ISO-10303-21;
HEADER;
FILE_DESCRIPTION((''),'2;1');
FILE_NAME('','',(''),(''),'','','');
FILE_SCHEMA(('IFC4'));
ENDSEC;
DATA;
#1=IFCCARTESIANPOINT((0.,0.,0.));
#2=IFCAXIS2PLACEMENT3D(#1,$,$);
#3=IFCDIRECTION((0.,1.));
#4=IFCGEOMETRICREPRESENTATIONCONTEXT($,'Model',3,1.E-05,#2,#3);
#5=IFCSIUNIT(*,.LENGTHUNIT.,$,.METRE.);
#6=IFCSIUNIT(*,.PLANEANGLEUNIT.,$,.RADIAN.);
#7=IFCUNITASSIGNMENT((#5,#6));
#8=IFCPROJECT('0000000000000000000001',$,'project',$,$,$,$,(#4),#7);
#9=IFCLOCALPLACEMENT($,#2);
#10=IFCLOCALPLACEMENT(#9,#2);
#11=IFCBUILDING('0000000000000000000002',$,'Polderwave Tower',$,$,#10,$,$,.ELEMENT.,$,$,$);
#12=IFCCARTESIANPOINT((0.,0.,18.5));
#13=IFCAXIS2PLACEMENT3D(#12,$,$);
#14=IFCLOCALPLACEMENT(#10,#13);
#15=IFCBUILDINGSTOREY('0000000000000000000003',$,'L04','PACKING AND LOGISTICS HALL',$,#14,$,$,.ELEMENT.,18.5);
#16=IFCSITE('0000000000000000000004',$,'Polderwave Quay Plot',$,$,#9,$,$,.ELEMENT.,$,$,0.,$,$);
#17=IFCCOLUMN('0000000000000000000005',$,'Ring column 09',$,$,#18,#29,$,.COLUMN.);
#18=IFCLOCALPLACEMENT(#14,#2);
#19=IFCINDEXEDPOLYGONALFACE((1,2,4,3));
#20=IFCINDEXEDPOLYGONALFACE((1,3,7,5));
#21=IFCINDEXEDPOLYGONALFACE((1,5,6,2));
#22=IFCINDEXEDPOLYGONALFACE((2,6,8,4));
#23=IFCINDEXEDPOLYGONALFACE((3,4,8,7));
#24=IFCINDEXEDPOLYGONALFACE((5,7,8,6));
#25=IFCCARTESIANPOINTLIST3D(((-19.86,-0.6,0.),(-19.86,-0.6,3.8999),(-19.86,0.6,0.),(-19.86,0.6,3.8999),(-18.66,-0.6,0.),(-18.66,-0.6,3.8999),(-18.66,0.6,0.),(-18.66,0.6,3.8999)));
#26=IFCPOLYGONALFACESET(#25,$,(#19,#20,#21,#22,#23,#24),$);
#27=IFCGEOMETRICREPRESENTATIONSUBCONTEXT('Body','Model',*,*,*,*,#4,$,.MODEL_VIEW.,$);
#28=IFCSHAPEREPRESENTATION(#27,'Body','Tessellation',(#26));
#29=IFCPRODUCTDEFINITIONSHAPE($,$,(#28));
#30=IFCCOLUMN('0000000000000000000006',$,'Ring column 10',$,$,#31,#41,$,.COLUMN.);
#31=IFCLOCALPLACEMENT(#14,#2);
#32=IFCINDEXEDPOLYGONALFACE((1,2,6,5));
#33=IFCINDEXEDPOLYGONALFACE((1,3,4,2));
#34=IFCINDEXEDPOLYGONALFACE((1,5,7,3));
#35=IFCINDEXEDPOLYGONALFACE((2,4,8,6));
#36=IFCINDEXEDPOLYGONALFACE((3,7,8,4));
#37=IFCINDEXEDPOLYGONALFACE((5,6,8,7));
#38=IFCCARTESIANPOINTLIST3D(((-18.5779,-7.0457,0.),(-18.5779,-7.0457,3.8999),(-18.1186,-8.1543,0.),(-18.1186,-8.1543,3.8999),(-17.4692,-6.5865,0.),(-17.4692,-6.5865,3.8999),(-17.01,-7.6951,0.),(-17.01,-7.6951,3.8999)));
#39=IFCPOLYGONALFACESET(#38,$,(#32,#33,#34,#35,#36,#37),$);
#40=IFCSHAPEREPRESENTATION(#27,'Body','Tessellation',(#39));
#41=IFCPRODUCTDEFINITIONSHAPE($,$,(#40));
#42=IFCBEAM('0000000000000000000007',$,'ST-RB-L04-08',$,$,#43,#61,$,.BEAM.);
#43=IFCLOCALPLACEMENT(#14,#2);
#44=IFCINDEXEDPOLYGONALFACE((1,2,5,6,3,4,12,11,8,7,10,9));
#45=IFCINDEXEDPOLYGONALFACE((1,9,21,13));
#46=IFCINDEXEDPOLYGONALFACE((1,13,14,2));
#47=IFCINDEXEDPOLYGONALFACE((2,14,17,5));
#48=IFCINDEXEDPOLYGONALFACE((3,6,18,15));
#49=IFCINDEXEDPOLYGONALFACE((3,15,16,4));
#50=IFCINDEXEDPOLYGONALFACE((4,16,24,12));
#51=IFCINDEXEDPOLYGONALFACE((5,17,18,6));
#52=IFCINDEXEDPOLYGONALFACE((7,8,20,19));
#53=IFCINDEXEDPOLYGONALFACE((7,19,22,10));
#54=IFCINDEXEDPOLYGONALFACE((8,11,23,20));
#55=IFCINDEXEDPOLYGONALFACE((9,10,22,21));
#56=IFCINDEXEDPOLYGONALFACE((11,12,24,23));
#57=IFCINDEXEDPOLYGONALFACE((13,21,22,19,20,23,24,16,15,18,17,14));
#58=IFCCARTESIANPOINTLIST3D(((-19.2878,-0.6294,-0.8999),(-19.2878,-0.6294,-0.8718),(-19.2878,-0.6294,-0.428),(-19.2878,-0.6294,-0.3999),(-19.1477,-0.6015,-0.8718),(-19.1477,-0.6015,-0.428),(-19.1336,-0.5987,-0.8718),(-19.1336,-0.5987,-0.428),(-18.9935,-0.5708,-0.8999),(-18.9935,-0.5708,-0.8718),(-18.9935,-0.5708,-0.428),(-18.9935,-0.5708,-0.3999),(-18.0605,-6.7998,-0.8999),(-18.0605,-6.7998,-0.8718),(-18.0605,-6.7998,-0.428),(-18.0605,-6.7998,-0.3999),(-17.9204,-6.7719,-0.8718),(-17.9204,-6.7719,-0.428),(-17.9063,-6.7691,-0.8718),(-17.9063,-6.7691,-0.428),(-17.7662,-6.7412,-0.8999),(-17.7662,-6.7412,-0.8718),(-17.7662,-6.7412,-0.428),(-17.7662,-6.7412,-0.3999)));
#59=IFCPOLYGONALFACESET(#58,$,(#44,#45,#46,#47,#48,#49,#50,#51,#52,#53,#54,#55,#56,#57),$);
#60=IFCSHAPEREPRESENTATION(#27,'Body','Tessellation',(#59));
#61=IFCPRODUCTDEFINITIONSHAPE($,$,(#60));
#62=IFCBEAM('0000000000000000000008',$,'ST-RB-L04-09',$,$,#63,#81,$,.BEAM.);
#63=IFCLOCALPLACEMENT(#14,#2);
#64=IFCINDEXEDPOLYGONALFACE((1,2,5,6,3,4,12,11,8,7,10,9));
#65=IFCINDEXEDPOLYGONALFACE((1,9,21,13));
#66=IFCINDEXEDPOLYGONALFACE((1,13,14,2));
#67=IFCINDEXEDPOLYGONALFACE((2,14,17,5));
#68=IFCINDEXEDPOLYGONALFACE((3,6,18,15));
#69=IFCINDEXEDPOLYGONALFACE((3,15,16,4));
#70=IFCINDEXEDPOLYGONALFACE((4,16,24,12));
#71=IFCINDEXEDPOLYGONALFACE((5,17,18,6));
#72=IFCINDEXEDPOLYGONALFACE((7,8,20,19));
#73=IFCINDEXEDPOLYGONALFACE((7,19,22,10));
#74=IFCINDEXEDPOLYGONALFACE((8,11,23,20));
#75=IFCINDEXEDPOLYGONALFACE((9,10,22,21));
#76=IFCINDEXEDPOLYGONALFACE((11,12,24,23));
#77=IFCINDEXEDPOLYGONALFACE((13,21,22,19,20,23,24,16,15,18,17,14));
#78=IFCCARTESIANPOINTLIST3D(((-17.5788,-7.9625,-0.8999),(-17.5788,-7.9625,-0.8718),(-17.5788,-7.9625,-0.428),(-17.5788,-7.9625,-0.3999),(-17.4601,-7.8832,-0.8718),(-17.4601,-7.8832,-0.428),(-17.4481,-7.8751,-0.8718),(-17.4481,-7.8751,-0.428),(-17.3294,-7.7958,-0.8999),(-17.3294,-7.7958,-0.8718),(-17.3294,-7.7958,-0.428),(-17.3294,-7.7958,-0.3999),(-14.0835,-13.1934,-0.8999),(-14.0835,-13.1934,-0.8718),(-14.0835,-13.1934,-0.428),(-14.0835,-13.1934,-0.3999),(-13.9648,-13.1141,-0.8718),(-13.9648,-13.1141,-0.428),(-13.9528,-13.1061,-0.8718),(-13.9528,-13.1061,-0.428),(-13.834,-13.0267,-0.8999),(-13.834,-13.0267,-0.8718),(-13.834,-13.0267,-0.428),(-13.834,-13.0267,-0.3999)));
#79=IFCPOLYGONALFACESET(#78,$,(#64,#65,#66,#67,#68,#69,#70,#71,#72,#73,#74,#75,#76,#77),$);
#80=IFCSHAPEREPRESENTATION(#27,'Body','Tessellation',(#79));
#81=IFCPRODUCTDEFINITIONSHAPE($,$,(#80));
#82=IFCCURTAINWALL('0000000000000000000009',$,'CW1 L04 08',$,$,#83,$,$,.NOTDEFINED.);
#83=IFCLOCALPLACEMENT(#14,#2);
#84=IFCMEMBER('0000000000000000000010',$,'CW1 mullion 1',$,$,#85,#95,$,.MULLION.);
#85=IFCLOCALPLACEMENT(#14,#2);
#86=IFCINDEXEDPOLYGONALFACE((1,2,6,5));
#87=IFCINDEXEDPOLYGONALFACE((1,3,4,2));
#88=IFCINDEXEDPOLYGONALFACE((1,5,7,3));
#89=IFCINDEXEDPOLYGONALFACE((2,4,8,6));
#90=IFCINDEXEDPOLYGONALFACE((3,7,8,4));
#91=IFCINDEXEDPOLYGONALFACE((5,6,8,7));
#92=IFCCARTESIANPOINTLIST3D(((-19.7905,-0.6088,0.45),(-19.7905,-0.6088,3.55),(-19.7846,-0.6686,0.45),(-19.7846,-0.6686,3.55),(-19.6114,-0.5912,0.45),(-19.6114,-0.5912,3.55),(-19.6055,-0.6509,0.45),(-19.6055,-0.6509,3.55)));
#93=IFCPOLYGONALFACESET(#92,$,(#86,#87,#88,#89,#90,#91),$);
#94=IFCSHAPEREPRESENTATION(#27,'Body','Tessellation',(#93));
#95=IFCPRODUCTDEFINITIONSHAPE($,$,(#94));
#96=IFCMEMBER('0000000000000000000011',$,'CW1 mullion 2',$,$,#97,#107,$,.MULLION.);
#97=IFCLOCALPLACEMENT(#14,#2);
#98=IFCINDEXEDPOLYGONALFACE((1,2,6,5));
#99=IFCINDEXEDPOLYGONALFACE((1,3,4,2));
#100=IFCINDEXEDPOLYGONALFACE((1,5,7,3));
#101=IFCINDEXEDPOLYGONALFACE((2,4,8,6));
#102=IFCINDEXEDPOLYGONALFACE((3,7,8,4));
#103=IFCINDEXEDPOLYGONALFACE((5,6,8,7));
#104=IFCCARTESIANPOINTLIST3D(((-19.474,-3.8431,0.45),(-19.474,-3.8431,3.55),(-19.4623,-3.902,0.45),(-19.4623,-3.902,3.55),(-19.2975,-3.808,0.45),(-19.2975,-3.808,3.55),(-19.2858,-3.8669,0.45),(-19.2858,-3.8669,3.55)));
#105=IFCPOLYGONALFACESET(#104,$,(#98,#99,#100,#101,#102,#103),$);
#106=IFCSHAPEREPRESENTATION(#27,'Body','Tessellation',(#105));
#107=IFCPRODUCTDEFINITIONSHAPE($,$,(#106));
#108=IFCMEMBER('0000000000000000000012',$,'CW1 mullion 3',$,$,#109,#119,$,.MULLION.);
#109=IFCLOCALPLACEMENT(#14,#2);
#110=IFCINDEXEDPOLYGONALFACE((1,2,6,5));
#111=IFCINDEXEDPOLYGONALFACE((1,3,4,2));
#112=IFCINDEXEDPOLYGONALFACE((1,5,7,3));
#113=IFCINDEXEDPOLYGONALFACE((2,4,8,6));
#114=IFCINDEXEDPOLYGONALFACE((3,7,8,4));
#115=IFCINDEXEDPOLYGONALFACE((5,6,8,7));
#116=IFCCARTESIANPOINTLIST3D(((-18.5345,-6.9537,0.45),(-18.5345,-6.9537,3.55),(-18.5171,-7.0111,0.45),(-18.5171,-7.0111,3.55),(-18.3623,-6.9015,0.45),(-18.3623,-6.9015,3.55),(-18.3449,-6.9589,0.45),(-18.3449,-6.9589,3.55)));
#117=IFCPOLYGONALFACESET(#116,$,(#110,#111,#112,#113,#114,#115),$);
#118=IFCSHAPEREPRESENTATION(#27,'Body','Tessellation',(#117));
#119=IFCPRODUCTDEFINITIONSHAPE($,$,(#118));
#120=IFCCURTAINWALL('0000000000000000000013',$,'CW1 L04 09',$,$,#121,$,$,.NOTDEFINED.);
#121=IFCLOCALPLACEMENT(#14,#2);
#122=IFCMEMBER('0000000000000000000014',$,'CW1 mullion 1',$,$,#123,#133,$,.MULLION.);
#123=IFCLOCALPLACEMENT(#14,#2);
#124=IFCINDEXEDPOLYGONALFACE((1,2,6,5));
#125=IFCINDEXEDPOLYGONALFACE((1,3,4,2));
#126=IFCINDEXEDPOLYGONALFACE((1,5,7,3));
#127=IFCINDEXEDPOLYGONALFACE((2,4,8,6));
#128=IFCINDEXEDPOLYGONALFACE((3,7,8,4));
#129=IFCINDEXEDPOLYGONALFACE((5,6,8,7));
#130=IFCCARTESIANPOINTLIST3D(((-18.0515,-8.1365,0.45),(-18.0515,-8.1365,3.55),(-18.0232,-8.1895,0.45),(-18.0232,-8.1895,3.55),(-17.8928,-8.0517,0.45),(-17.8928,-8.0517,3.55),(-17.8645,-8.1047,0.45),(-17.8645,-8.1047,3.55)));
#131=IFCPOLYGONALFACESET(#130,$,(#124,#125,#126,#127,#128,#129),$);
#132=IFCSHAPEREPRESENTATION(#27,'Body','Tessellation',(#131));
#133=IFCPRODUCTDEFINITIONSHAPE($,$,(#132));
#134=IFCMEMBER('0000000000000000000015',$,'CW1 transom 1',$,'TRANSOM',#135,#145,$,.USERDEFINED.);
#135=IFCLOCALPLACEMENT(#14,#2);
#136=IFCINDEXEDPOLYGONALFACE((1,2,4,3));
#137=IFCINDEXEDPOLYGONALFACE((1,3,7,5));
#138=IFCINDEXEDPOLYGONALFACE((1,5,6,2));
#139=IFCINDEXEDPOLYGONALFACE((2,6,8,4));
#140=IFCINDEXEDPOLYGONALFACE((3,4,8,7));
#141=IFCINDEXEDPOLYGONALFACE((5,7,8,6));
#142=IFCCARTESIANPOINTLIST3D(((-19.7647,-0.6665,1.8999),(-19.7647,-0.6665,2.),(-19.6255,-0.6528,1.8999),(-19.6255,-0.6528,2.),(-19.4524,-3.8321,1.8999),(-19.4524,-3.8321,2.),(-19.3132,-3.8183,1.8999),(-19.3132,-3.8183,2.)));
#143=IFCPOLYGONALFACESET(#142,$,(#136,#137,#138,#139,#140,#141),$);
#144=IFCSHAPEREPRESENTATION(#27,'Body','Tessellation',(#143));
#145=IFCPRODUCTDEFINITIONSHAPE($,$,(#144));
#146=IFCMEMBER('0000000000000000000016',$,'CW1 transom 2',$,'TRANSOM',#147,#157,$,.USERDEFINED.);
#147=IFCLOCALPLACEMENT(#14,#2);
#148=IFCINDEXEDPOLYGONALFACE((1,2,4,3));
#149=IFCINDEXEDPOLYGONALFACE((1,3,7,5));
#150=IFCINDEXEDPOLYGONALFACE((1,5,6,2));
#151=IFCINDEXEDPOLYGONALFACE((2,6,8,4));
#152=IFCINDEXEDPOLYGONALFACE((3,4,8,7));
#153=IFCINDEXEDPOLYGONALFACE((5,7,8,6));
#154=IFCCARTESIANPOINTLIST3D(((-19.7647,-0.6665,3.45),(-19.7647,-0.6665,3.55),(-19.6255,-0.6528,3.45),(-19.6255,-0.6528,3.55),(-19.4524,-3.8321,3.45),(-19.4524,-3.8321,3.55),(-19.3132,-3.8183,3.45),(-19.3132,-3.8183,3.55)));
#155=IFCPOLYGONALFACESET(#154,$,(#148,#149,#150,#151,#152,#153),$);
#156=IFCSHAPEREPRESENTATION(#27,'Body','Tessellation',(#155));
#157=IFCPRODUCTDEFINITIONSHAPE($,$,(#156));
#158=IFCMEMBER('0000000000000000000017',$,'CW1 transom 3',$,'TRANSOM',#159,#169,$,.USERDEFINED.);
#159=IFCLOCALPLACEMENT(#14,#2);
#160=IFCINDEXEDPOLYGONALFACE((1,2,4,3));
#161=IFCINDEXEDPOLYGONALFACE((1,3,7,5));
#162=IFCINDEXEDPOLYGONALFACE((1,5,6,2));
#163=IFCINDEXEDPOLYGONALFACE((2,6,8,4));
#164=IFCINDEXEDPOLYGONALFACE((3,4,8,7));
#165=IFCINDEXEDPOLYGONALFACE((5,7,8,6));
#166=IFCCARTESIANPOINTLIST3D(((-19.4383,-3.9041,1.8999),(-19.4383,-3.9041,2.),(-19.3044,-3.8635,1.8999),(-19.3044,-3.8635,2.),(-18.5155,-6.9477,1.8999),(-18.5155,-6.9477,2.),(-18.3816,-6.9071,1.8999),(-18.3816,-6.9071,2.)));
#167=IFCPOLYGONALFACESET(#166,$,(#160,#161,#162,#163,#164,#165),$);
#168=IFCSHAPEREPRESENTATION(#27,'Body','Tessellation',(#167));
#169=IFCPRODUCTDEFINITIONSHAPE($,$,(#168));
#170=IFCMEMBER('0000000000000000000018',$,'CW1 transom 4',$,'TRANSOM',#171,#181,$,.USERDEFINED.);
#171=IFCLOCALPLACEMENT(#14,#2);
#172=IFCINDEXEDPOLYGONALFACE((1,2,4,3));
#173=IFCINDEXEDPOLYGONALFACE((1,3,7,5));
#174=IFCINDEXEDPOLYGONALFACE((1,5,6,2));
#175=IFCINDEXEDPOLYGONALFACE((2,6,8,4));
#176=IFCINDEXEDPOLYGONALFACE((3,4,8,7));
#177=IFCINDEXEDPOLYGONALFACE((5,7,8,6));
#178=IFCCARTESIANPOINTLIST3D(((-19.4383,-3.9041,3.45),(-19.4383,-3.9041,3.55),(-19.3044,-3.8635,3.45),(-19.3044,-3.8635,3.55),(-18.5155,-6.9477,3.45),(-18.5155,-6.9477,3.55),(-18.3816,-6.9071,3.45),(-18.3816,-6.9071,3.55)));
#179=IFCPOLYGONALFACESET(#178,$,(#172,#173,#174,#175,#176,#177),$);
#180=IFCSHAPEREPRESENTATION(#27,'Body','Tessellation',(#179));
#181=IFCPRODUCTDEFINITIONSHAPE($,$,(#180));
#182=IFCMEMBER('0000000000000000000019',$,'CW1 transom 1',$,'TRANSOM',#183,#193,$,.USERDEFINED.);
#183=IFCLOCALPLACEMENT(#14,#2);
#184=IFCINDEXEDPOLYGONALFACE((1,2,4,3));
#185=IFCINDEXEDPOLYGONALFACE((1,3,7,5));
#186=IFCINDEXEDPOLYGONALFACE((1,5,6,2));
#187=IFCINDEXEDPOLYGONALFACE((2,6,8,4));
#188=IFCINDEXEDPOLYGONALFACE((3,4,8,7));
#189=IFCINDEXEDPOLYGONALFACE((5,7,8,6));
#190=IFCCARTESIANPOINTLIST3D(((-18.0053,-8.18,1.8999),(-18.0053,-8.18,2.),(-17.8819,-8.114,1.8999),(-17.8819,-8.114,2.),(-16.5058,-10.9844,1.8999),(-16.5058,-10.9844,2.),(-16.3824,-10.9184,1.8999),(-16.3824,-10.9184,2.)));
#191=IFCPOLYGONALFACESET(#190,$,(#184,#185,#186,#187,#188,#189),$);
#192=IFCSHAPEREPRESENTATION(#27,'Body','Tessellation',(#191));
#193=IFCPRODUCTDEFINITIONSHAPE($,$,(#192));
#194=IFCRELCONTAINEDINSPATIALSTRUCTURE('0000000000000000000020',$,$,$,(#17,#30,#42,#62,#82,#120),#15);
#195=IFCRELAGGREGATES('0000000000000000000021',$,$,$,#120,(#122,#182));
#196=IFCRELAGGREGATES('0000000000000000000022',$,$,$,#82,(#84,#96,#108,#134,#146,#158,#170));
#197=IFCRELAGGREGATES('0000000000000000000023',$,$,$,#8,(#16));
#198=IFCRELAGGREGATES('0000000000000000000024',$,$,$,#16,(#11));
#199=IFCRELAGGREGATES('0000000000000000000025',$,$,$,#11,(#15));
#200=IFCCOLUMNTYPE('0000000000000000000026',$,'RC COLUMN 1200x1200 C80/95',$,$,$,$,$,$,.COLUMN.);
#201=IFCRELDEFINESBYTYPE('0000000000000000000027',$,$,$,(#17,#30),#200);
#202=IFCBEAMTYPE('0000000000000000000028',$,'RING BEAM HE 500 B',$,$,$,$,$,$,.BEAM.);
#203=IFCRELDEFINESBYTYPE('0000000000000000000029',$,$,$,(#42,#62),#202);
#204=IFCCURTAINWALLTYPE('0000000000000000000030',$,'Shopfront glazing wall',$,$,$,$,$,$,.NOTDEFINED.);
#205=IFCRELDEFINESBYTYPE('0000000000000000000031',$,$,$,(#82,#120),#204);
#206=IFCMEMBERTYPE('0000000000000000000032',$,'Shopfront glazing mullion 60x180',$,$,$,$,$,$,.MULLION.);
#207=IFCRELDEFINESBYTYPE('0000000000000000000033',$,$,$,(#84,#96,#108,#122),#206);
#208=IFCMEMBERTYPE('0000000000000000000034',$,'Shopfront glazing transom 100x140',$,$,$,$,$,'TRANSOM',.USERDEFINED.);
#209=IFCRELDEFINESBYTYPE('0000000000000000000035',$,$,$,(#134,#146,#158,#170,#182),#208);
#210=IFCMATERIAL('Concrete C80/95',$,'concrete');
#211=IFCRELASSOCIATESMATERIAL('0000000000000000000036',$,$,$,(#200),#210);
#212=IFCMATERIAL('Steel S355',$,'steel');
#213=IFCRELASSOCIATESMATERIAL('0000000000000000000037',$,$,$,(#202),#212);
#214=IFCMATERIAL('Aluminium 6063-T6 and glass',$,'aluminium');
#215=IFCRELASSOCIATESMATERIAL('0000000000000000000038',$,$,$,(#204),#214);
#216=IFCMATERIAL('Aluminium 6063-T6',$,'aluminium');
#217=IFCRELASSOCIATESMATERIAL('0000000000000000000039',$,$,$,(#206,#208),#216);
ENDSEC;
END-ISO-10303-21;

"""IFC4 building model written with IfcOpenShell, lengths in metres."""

from ifc_helpers import new_model, si_unit, direction, frame, origin, origin_2d, place, context, subcontext, project, spatial, rectangle, i_section, extrude, material, material_profile, profile_set, type_object, element, aggregate, save


model = new_model("IFC4")

# Units and contexts
model_context = context("Model", 3, precision=1e-05, world=origin(), true_north=direction((0.0, 1.0)))
body_context = subcontext(model_context, "Body", "Model", "MODEL_VIEW")
ifc_project = project(units=[si_unit("LENGTHUNIT", "METRE"), si_unit("PLANEANGLEUNIT", "RADIAN")], contexts=[model_context])

# Site, building, storey
site_placement = place(None, origin())
site = spatial("IfcSite", under=ifc_project, at=site_placement, Name="Polderwave Quay Plot", CompositionType="ELEMENT", RefElevation=0.0)
building_placement = place(site_placement, origin())
building = spatial("IfcBuilding", under=site, at=building_placement, Name="Polderwave Tower", CompositionType="ELEMENT")
storey_placement = place(building_placement, frame((0.0, 0.0, 18.5)))
storey = spatial("IfcBuildingStorey", under=building, at=storey_placement, Name="L04", Description="PACKING AND LOGISTICS HALL", CompositionType="ELEMENT", Elevation=18.5)

# Columns
ifc_material_1 = material(Name="Concrete C80/95", Category="concrete")
ifc_material_profile_1 = material_profile(ifc_material_1, rectangle(XDim=1.2, YDim=1.2, at=origin_2d()), Name="RC 1200x1200")
ifc_profile_set_1 = profile_set([ifc_material_profile_1], Name="Concrete C80/95")
column_type = type_object("IfcColumnType", Name="RC COLUMN 1200x1200 C80/95", PredefinedType="COLUMN", material=ifc_profile_set_1)
for number, where, z_axis, x_axis, name in (
    (1, (-19.26, 0.0, 0.0), (0.0, 0.0, 1.0), (-1.0, 0.0, 0.0), "Ring column 09"),
    (2, (-17.7939, -7.3704, 0.0), (0.0, 0.0, 1.0), (-0.92388, -0.382683, 0.0), "Ring column 10"),
):
    element("IfcColumn", number, at=place(storey_placement, frame(where, z_axis=z_axis, x_axis=x_axis)), inside=storey, type_object=column_type, Name=name, PredefinedType="COLUMN", context=body_context, shape_type="SweptSolid", body=[
        extrude(rectangle(XDim=1.2, YDim=1.2, at=origin_2d()), origin(), (0.0, 0.0, 1.0), 3.8999),
    ])

# Beams
ifc_material_2 = material(Name="Steel S355", Category="steel")
ifc_material_profile_2 = material_profile(ifc_material_2, i_section(OverallWidth=0.3, OverallDepth=0.5, WebThickness=0.0144, FlangeThickness=0.0281, at=origin_2d()), Name="HE 500 B")
ifc_profile_set_2 = profile_set([ifc_material_profile_2], Name="Steel S355")
beam_type = type_object("IfcBeamType", Name="RING BEAM HE 500 B", PredefinedType="BEAM", material=ifc_profile_set_2)
for number, where, z_axis, x_axis, name in (
    (3, (-19.1406, -0.6001, -0.6499), (0.195079, -0.980788, 0.0), (0.980788, 0.195079, 0.0), "ST-RB-L04-08"),
    (4, (-17.4541, -7.8792, -0.6499), (0.555586, -0.831459, 0.0), (0.831459, 0.555586, 0.0), "ST-RB-L04-09"),
):
    element("IfcBeam", number, at=place(storey_placement, frame(where, z_axis=z_axis, x_axis=x_axis)), inside=storey, type_object=beam_type, Name=name, PredefinedType="BEAM", context=body_context, shape_type="SweptSolid", body=[
        extrude(i_section(OverallWidth=0.3, OverallDepth=0.5, WebThickness=0.0144, FlangeThickness=0.0281, at=origin_2d()), origin(), (0.0, 0.0, 1.0), 6.2913),
    ])

# Curtain wall, members
ifc_material_3 = material(Name="Aluminium 6063-T6 and glass", Category="aluminium")
curtain_wall_type = type_object("IfcCurtainWallType", Name="Shopfront glazing wall", PredefinedType="NOTDEFINED", material=ifc_material_3)
curtain_wall_1_placement = place(storey_placement, origin())
curtain_wall_1 = element("IfcCurtainWall", 5, at=curtain_wall_1_placement, inside=storey, type_object=curtain_wall_type, Name="CW1 L04 08", PredefinedType="NOTDEFINED")
ifc_material_4 = material(Name="Aluminium 6063-T6", Category="aluminium")
ifc_material_profile_3 = material_profile(ifc_material_4, rectangle(XDim=0.1799, YDim=0.0601, at=origin_2d()), Name="AL 60x180")
ifc_profile_set_3 = profile_set([ifc_material_profile_3], Name="Aluminium 6063-T6")
member_type_1 = type_object("IfcMemberType", Name="Shopfront glazing mullion 60x180", PredefinedType="MULLION", material=ifc_profile_set_3)
member_1_placement = place(storey_placement, frame((-19.698, -0.6299, 0.45), z_axis=(0.0, 0.0, 1.0), x_axis=(0.995172, 0.098142, 0.0)))
member_1 = element("IfcMember", 6, at=member_1_placement, type_object=member_type_1, Name="CW1 mullion 1", PredefinedType="MULLION", context=body_context, shape_type="SweptSolid", body=[
    extrude(rectangle(XDim=0.1799, YDim=0.0601, at=origin_2d()), origin(), (0.0, 0.0, 1.0), 3.1001),
])
member_2_placement = place(storey_placement, frame((-19.3799, -3.855, 0.45), z_axis=(0.0, 0.0, 1.0), x_axis=(0.980787, 0.195083, 0.0)))
member_2 = element("IfcMember", 7, at=member_2_placement, type_object=member_type_1, Name="CW1 mullion 2", PredefinedType="MULLION", context=body_context, shape_type="SweptSolid", body=[
    extrude(rectangle(XDim=0.1799, YDim=0.0601, at=origin_2d()), origin(), (0.0, 0.0, 1.0), 3.1001),
])
member_3_placement = place(storey_placement, frame((-18.4397, -6.9563, 0.45), z_axis=(0.0, 0.0, 1.0), x_axis=(0.956981, 0.290151, 0.0)))
member_3 = element("IfcMember", 8, at=member_3_placement, type_object=member_type_1, Name="CW1 mullion 3", PredefinedType="MULLION", context=body_context, shape_type="SweptSolid", body=[
    extrude(rectangle(XDim=0.1799, YDim=0.0601, at=origin_2d()), origin(), (0.0, 0.0, 1.0), 3.1001),
])

# Curtain wall, member
curtain_wall_2_placement = place(storey_placement, origin())
curtain_wall_2 = element("IfcCurtainWall", 9, at=curtain_wall_2_placement, inside=storey, type_object=curtain_wall_type, Name="CW1 L04 09", PredefinedType="NOTDEFINED")
member_4_placement = place(storey_placement, frame((-17.958, -8.1206, 0.45), z_axis=(0.0, 0.0, 1.0), x_axis=(0.881861, 0.471509, 0.0)))
member_4 = element("IfcMember", 10, at=member_4_placement, type_object=member_type_1, Name="CW1 mullion 1", PredefinedType="MULLION", context=body_context, shape_type="SweptSolid", body=[
    extrude(rectangle(XDim=0.1799, YDim=0.0601, at=origin_2d()), origin(), (0.0, 0.0, 1.0), 3.1001),
])

# Members
ifc_material_profile_4 = material_profile(ifc_material_4, rectangle(XDim=0.1399, YDim=0.1001, at=origin_2d()), Name="AL 100x140")
ifc_profile_set_4 = profile_set([ifc_material_profile_4], Name="Aluminium 6063-T6")
member_type_2 = type_object("IfcMemberType", Name="Shopfront glazing transom 100x140", ElementType="TRANSOM", PredefinedType="USERDEFINED", material=ifc_profile_set_4)
member_5_placement = place(storey_placement, frame((-19.6951, -0.6597, 1.95), z_axis=(0.098166, -0.99517, 0.0), x_axis=(0.99517, 0.098166, 0.0)))
member_5 = element("IfcMember", 11, at=member_5_placement, type_object=member_type_2, Name="CW1 transom 1", ObjectType="TRANSOM", PredefinedType="USERDEFINED", context=body_context, shape_type="SweptSolid", body=[
    extrude(rectangle(XDim=0.1399, YDim=0.1001, at=origin_2d()), origin(), (0.0, 0.0, 1.0), 3.1809),
])
member_6_placement = place(storey_placement, frame((-19.6951, -0.6597, 3.5), z_axis=(0.098166, -0.99517, 0.0), x_axis=(0.99517, 0.098166, 0.0)))
member_6 = element("IfcMember", 12, at=member_6_placement, type_object=member_type_2, Name="CW1 transom 2", ObjectType="TRANSOM", PredefinedType="USERDEFINED", context=body_context, shape_type="SweptSolid", body=[
    extrude(rectangle(XDim=0.1399, YDim=0.1001, at=origin_2d()), origin(), (0.0, 0.0, 1.0), 3.1809),
])
member_7_placement = place(storey_placement, frame((-19.3713, -3.8838, 1.95), z_axis=(0.290157, -0.956979, 0.0), x_axis=(0.956979, 0.290157, 0.0)))
member_7 = element("IfcMember", 13, at=member_7_placement, type_object=member_type_2, Name="CW1 transom 3", ObjectType="TRANSOM", PredefinedType="USERDEFINED", context=body_context, shape_type="SweptSolid", body=[
    extrude(rectangle(XDim=0.1399, YDim=0.1001, at=origin_2d()), origin(), (0.0, 0.0, 1.0), 3.1804),
])
member_8_placement = place(storey_placement, frame((-19.3713, -3.8838, 3.5), z_axis=(0.290157, -0.956979, 0.0), x_axis=(0.956979, 0.290157, 0.0)))
member_8 = element("IfcMember", 14, at=member_8_placement, type_object=member_type_2, Name="CW1 transom 4", ObjectType="TRANSOM", PredefinedType="USERDEFINED", context=body_context, shape_type="SweptSolid", body=[
    extrude(rectangle(XDim=0.1399, YDim=0.1001, at=origin_2d()), origin(), (0.0, 0.0, 1.0), 3.1804),
])
member_9_placement = place(storey_placement, frame((-17.9436, -8.147, 1.95), z_axis=(0.47152, -0.881855, 0.0), x_axis=(0.881855, 0.47152, 0.0)))
member_9 = element("IfcMember", 15, at=member_9_placement, type_object=member_type_2, Name="CW1 transom 1", ObjectType="TRANSOM", PredefinedType="USERDEFINED", context=body_context, shape_type="SweptSolid", body=[
    extrude(rectangle(XDim=0.1399, YDim=0.1001, at=origin_2d()), origin(), (0.0, 0.0, 1.0), 3.1802),
])
aggregate(curtain_wall_2, [member_4, member_9])

aggregate(curtain_wall_1, [member_1, member_2, member_3, member_5, member_6, member_7, member_8])

save(model, "model.ifc")
